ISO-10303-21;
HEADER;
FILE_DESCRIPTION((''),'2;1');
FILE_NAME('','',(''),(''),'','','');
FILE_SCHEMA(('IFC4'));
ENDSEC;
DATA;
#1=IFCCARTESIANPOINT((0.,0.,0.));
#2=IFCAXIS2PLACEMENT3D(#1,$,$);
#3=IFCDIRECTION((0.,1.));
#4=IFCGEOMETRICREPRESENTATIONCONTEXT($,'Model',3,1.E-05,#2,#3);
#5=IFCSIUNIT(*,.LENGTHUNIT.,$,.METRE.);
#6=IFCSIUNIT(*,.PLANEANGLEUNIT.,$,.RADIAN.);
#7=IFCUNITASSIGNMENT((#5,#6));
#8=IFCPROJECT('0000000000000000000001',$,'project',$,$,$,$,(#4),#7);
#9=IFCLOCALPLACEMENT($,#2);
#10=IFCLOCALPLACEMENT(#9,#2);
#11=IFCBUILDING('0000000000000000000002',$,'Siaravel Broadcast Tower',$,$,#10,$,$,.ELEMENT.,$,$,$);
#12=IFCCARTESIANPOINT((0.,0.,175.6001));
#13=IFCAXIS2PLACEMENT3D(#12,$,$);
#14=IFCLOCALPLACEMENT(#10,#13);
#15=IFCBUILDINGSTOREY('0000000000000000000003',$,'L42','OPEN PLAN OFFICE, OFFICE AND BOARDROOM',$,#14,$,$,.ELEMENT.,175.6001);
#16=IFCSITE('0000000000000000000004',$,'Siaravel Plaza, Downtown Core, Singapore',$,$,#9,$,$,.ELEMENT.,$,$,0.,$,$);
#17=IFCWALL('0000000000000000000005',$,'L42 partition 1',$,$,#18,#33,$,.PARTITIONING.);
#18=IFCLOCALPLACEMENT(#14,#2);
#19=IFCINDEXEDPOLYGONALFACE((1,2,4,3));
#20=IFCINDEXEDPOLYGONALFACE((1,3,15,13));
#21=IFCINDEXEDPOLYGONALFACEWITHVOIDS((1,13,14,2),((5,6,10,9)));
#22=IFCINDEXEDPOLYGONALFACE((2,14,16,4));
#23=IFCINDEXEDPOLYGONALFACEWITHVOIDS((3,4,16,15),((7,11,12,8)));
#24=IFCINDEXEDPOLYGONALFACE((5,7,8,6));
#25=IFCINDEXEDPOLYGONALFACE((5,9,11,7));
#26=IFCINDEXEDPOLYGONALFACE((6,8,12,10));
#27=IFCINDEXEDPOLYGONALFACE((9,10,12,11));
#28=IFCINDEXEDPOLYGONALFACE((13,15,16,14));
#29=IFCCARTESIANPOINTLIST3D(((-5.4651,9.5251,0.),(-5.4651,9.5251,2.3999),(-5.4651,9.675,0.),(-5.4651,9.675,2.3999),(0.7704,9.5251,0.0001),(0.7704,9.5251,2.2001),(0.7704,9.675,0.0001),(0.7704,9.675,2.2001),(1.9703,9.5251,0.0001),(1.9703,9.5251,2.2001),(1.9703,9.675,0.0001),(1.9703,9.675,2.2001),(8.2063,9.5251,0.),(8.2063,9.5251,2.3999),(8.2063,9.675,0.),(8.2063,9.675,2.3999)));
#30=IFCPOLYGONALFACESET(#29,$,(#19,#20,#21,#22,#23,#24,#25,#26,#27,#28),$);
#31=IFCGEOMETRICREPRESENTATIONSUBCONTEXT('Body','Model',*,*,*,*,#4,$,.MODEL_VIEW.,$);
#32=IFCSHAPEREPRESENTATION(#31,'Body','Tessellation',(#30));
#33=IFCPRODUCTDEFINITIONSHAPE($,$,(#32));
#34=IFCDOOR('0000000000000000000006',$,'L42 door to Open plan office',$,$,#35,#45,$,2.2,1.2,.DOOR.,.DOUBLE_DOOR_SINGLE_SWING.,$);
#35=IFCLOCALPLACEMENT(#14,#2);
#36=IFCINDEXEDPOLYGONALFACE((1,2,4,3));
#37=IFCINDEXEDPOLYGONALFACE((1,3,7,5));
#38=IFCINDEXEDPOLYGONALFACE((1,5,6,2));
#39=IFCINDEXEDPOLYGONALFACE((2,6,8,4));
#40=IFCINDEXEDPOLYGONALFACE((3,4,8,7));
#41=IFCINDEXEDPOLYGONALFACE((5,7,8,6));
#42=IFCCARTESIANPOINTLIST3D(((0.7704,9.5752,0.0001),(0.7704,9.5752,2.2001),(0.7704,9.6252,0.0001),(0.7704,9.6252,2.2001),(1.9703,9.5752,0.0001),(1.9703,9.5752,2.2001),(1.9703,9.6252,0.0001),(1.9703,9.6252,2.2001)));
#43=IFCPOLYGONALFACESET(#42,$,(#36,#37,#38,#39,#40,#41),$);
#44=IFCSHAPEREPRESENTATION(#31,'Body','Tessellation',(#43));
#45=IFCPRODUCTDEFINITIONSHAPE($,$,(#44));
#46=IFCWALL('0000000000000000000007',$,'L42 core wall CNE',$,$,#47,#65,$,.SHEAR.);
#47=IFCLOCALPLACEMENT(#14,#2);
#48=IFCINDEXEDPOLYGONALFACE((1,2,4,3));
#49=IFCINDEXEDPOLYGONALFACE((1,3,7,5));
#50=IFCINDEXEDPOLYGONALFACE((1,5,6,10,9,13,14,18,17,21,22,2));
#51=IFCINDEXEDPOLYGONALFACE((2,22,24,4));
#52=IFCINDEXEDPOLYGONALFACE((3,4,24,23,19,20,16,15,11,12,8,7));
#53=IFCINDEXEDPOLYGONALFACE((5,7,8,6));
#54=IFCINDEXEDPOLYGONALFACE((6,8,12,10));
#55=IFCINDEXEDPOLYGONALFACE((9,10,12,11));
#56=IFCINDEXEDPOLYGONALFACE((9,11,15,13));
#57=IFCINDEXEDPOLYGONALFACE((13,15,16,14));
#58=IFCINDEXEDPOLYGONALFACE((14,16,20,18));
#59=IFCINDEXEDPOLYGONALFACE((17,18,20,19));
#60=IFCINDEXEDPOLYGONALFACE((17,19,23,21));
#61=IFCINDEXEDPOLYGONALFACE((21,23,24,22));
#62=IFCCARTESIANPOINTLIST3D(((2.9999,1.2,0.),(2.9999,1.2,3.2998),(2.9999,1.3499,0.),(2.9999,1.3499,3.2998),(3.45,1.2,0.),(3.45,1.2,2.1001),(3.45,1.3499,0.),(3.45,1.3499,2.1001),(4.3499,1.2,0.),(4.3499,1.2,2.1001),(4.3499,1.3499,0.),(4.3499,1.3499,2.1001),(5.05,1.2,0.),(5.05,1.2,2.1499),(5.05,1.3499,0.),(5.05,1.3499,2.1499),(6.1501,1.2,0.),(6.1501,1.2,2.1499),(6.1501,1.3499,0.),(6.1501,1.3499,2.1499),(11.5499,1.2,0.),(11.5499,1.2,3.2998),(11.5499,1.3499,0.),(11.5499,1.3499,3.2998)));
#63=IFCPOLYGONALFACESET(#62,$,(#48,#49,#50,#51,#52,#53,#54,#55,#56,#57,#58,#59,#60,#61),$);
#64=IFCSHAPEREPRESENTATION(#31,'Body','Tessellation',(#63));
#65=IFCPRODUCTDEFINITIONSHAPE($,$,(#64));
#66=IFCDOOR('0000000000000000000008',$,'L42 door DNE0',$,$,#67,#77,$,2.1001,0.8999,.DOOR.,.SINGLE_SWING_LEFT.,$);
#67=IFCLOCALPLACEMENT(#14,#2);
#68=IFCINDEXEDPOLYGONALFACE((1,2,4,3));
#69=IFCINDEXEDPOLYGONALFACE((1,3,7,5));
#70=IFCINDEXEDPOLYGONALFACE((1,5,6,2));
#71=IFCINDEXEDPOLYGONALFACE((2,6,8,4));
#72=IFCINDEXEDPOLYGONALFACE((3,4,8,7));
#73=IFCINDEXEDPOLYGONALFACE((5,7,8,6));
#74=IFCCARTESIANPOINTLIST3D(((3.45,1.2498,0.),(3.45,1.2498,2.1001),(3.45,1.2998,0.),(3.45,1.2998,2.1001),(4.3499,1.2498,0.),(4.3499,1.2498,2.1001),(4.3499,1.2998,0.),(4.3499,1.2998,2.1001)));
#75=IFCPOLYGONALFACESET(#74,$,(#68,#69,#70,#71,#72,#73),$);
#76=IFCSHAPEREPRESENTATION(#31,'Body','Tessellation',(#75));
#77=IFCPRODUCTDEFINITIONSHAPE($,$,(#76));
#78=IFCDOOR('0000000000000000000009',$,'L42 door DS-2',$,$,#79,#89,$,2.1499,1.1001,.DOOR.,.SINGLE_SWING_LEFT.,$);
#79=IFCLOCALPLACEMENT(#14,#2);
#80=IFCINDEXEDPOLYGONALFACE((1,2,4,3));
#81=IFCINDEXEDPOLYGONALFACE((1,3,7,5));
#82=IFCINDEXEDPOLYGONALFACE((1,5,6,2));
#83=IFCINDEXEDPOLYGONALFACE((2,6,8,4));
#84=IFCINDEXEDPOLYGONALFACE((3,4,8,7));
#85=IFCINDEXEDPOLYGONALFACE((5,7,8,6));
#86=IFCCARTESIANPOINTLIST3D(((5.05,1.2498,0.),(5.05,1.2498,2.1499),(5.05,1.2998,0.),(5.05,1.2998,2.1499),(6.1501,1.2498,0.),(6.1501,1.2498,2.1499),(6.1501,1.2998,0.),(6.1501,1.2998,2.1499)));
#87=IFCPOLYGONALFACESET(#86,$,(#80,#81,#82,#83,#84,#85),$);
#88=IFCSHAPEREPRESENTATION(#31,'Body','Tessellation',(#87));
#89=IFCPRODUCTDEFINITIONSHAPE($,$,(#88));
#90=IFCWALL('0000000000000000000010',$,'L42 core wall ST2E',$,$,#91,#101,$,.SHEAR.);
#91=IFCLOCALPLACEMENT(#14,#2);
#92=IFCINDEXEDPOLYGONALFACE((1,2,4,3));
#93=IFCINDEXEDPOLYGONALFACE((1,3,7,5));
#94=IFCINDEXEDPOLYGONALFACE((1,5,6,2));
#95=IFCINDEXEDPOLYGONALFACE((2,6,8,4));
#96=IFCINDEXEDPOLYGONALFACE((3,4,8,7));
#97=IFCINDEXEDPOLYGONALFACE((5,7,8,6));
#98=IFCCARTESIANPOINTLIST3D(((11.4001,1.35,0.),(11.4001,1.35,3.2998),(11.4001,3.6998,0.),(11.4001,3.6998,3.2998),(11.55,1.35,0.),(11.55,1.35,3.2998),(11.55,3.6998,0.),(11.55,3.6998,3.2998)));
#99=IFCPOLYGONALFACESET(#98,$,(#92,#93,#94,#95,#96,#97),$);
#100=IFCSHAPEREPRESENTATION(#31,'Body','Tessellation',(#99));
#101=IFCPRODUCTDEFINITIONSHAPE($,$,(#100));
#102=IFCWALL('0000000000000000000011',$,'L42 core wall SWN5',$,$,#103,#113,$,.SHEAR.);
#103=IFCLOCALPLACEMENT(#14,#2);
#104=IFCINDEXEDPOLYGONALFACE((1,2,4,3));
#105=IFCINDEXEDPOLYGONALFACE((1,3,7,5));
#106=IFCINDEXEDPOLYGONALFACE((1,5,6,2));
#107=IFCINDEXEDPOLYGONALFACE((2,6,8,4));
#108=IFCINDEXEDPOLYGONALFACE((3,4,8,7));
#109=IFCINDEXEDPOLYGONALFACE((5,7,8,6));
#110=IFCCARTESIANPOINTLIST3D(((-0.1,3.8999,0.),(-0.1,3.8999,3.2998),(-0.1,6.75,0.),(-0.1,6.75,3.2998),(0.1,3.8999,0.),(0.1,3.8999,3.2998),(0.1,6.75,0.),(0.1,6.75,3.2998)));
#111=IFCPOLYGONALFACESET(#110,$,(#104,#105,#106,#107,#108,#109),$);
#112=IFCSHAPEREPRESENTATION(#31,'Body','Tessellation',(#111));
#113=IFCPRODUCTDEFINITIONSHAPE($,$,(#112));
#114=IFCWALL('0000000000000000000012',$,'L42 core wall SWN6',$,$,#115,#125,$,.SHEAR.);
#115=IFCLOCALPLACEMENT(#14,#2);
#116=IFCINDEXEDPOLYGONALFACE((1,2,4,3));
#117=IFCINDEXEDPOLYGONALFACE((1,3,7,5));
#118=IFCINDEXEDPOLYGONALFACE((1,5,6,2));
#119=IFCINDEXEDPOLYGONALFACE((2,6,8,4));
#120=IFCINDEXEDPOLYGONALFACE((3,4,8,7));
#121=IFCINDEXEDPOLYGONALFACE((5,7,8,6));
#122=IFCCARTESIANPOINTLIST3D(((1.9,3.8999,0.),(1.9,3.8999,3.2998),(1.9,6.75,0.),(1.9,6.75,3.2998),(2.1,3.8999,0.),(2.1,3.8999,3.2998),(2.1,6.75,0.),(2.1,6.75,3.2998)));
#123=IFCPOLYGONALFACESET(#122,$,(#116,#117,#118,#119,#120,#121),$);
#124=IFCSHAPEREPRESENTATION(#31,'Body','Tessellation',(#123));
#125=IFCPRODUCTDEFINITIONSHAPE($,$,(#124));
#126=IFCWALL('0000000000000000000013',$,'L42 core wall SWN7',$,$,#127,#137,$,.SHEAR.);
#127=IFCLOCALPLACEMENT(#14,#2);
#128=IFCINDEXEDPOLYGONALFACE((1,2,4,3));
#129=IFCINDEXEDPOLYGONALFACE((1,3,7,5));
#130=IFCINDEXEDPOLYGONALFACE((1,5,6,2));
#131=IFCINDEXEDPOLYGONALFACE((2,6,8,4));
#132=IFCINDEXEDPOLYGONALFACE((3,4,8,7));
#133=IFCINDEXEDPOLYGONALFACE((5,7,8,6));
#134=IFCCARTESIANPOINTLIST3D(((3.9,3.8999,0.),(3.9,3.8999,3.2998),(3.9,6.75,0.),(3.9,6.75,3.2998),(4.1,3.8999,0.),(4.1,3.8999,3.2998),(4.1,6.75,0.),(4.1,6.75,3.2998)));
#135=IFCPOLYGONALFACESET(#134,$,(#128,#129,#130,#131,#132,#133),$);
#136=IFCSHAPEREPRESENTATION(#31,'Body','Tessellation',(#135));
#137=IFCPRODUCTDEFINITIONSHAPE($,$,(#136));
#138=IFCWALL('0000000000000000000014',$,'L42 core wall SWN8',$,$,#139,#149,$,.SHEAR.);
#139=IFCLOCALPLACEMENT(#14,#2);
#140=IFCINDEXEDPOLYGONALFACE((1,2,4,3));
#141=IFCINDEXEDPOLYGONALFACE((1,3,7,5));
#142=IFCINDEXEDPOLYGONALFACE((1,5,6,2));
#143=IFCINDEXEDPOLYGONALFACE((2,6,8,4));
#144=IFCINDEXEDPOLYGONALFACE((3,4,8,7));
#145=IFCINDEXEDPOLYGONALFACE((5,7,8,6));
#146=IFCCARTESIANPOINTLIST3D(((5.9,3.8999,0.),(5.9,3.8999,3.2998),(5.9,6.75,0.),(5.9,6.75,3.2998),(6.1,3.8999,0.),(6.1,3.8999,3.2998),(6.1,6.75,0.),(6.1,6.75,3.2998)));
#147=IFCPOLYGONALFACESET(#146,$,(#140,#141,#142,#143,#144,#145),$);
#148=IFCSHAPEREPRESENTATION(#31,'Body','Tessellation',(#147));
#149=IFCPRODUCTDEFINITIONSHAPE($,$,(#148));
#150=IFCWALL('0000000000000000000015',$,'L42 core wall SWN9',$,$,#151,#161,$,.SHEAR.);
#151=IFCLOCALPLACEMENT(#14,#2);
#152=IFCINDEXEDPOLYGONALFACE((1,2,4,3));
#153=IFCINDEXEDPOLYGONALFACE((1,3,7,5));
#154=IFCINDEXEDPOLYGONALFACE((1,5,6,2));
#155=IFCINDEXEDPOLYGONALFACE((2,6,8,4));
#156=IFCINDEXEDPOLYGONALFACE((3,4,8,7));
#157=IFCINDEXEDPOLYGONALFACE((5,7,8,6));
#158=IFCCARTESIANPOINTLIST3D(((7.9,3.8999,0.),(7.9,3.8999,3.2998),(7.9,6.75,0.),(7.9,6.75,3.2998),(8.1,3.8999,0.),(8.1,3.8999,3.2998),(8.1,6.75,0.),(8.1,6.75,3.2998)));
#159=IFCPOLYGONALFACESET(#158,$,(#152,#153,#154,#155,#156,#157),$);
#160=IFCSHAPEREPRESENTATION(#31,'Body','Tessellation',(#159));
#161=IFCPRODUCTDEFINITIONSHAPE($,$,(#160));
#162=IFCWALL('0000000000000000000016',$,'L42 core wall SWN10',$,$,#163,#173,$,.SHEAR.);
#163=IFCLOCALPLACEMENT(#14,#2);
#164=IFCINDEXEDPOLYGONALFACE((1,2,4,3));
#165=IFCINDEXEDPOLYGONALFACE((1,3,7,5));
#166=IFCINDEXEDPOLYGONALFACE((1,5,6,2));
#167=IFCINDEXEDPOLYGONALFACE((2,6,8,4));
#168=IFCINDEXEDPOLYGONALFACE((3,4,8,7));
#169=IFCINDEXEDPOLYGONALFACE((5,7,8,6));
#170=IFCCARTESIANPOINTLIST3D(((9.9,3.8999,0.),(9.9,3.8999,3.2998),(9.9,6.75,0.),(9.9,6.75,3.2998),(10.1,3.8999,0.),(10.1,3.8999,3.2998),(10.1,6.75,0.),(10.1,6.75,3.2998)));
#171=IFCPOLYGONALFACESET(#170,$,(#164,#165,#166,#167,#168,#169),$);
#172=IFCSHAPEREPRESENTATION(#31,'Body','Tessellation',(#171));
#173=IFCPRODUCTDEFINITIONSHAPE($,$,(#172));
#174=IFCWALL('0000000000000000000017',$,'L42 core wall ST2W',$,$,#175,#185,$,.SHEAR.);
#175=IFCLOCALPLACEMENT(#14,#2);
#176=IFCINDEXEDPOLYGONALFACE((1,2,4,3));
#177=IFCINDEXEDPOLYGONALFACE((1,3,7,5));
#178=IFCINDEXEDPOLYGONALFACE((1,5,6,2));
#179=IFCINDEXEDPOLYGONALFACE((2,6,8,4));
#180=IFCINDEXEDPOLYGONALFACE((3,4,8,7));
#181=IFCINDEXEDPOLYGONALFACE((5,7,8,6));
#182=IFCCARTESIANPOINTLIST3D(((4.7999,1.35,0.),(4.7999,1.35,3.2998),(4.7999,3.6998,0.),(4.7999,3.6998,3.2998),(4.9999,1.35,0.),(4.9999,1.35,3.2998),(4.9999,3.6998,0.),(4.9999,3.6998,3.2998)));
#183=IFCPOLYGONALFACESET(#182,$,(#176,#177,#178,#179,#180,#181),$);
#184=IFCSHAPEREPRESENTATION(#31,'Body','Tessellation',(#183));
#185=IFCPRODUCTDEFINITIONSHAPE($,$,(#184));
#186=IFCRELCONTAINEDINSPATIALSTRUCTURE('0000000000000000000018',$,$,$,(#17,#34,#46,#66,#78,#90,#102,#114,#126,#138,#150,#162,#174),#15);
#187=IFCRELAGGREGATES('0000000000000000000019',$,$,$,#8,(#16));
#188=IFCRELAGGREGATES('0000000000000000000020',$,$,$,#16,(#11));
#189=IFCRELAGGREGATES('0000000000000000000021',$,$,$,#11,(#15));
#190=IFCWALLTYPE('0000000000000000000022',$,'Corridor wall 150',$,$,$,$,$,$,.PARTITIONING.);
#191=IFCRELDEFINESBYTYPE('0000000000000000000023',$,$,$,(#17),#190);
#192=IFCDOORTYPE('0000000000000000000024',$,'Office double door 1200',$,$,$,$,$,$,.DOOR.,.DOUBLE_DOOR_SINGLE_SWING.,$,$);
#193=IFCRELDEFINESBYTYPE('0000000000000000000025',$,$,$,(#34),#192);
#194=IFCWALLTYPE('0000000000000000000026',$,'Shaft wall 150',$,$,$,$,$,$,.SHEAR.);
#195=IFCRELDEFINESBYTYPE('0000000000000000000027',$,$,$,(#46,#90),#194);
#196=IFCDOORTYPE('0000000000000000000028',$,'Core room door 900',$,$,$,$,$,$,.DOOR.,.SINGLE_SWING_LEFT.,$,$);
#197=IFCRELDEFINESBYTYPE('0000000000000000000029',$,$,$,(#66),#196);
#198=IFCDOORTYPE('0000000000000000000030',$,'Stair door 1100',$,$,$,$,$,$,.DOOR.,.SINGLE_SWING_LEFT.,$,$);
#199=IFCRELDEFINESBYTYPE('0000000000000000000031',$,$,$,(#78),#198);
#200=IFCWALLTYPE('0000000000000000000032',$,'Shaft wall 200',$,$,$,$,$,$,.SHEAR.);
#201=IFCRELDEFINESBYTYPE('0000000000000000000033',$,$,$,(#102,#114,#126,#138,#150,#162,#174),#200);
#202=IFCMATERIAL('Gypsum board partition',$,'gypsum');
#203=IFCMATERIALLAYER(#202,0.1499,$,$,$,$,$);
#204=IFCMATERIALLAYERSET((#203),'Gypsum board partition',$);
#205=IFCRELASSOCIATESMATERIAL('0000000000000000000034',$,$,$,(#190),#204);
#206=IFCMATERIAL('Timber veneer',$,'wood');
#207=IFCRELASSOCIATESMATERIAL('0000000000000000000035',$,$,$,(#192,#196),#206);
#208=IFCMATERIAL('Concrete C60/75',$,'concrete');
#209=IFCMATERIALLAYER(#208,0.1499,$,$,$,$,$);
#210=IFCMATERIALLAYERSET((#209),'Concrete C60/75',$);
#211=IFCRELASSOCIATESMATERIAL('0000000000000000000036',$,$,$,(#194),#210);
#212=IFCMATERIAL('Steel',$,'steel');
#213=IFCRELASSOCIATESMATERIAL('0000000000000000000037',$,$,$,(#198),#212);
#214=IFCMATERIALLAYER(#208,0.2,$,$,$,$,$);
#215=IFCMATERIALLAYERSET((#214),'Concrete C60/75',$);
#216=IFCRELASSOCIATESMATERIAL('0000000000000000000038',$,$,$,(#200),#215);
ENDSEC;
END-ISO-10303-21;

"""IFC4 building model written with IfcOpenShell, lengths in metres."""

from ifc_helpers import new_model, si_unit, direction, frame, frame_2d, origin, place, context, subcontext, project, spatial, rectangle, extrude, material, layer, layer_set, type_object, element, fill, save


model = new_model("IFC4")

# Units and contexts
model_context = context("Model", 3, precision=1e-05, world=origin(), true_north=direction((0.0, 1.0)))
body_context = subcontext(model_context, "Body", "Model", "MODEL_VIEW")
ifc_project = project(units=[si_unit("LENGTHUNIT", "METRE"), si_unit("PLANEANGLEUNIT", "RADIAN")], contexts=[model_context])

# Site, building, storey
site_placement = place(None, origin())
site = spatial("IfcSite", under=ifc_project, at=site_placement, Name="Siaravel Plaza, Downtown Core, Singapore", CompositionType="ELEMENT", RefElevation=0.0)
building_placement = place(site_placement, origin())
building = spatial("IfcBuilding", under=site, at=building_placement, Name="Siaravel Broadcast Tower", CompositionType="ELEMENT")
storey_placement = place(building_placement, frame((0.0, 0.0, 175.6001)))
storey = spatial("IfcBuildingStorey", under=building, at=storey_placement, Name="L42", Description="OPEN PLAN OFFICE, OFFICE AND BOARDROOM", CompositionType="ELEMENT", Elevation=175.6001)

# Shared definitions
ifc_material_1 = material(Name="Concrete C60/75", Category="concrete")

# Wall, opening, door
ifc_material_2 = material(Name="Gypsum board partition", Category="gypsum")
ifc_layer_1 = layer(ifc_material_2, 0.1499)
ifc_layer_set_1 = layer_set([ifc_layer_1], Name="Gypsum board partition")
wall_type_1 = type_object("IfcWallType", Name="Corridor wall 150", PredefinedType="PARTITIONING", material=ifc_layer_set_1)
wall_1_placement = place(storey_placement, frame((8.2063, 9.6001, 0.0), z_axis=(0.0, 0.0, 1.0), x_axis=(-1.0, 0.0, 0.0)))
wall_1 = element("IfcWall", 1, at=wall_1_placement, inside=storey, type_object=wall_type_1, Name="L42 partition 1", PredefinedType="PARTITIONING", context=body_context, shape_type="SweptSolid", body=[
    extrude(rectangle(XDim=13.6714, YDim=0.1499, at=frame_2d((6.8357, 0.0))), origin(), (0.0, 0.0, 1.0), 2.3999),
])
opening_1_placement = place(wall_1_placement, frame((6.2358, 0.0, 0.0)))
opening_1 = element("IfcOpeningElement", 2, at=opening_1_placement, cuts=wall_1, PredefinedType="OPENING", context=body_context, shape_type="SweptSolid", body=[
    extrude(rectangle(XDim=1.2, YDim=2.2, at=frame_2d((0.6001, 1.1001))), frame((0.0, 0.085, 0.0), z_axis=(0.0, -1.0, 0.0), x_axis=(1.0, 0.0, 0.0)), (0.0, 0.0, 1.0), 0.1699),
])
ifc_material_3 = material(Name="Timber veneer", Category="wood")
door_type_1 = type_object("IfcDoorType", Name="Office double door 1200", OperationType="DOUBLE_DOOR_SINGLE_SWING", PredefinedType="DOOR", material=ifc_material_3)
door_1_placement = place(opening_1_placement, origin())
door_1 = element("IfcDoor", 3, at=door_1_placement, inside=storey, type_object=door_type_1, Name="L42 door to Open plan office", OperationType="DOUBLE_DOOR_SINGLE_SWING", OverallHeight=2.2, OverallWidth=1.2, PredefinedType="DOOR", context=body_context, shape_type="SweptSolid", body=[
    extrude(rectangle(XDim=1.2, YDim=2.2, at=frame_2d((0.6001, 1.1001))), frame((0.0, 0.0249, 0.0), z_axis=(0.0, -1.0, 0.0), x_axis=(1.0, 0.0, 0.0)), (0.0, 0.0, 1.0), 0.05),
])
fill(opening_1, door_1)

# Wall, openings, doors
ifc_layer_2 = layer(ifc_material_1, 0.1499)
ifc_layer_set_2 = layer_set([ifc_layer_2], Name="Concrete C60/75")
wall_type_2 = type_object("IfcWallType", Name="Shaft wall 150", PredefinedType="SHEAR", material=ifc_layer_set_2)
wall_2_placement = place(storey_placement, frame((3.0, 1.2749, 0.0), z_axis=(0.0, 0.0, 1.0), x_axis=(1.0, 0.0, 0.0)))
wall_2 = element("IfcWall", 4, at=wall_2_placement, inside=storey, type_object=wall_type_2, Name="L42 core wall CNE", PredefinedType="SHEAR", context=body_context, shape_type="SweptSolid", body=[
    extrude(rectangle(XDim=8.55, YDim=0.1499, at=frame_2d((4.2749, 0.0))), origin(), (0.0, 0.0, 1.0), 3.2998),
])
opening_2_placement = place(wall_2_placement, frame((2.05, 0.0, 0.0)))
opening_2 = element("IfcOpeningElement", 5, at=opening_2_placement, cuts=wall_2, PredefinedType="OPENING", context=body_context, shape_type="SweptSolid", body=[
    extrude(rectangle(XDim=1.1001, YDim=2.1499, at=frame_2d((0.55, 1.075))), frame((0.0, 0.085, 0.0), z_axis=(0.0, -1.0, 0.0), x_axis=(1.0, 0.0, 0.0)), (0.0, 0.0, 1.0), 0.1699),
])
opening_3_placement = place(wall_2_placement, frame((0.45, 0.0, 0.0)))
opening_3 = element("IfcOpeningElement", 6, at=opening_3_placement, cuts=wall_2, PredefinedType="OPENING", context=body_context, shape_type="SweptSolid", body=[
    extrude(rectangle(XDim=0.8999, YDim=2.1001, at=frame_2d((0.45, 1.05))), frame((0.0, 0.085, 0.0), z_axis=(0.0, -1.0, 0.0), x_axis=(1.0, 0.0, 0.0)), (0.0, 0.0, 1.0), 0.1699),
])
door_type_2 = type_object("IfcDoorType", Name="Core room door 900", OperationType="SINGLE_SWING_LEFT", PredefinedType="DOOR", material=ifc_material_3)
door_2_placement = place(opening_3_placement, origin())
door_2 = element("IfcDoor", 7, at=door_2_placement, inside=storey, type_object=door_type_2, Name="L42 door DNE0", OperationType="SINGLE_SWING_LEFT", OverallHeight=2.1001, OverallWidth=0.8999, PredefinedType="DOOR", context=body_context, shape_type="SweptSolid", body=[
    extrude(rectangle(XDim=0.8999, YDim=2.1001, at=frame_2d((0.45, 1.05))), frame((0.0, 0.0249, 0.0), z_axis=(0.0, -1.0, 0.0), x_axis=(1.0, 0.0, 0.0)), (0.0, 0.0, 1.0), 0.05),
])
fill(opening_3, door_2)
ifc_material_4 = material(Name="Steel", Category="steel")
door_type_3 = type_object("IfcDoorType", Name="Stair door 1100", OperationType="SINGLE_SWING_LEFT", PredefinedType="DOOR", material=ifc_material_4)
door_3_placement = place(opening_2_placement, origin())
door_3 = element("IfcDoor", 8, at=door_3_placement, inside=storey, type_object=door_type_3, Name="L42 door DS-2", OperationType="SINGLE_SWING_LEFT", OverallHeight=2.1499, OverallWidth=1.1001, PredefinedType="DOOR", context=body_context, shape_type="SweptSolid", body=[
    extrude(rectangle(XDim=1.1001, YDim=2.1499, at=frame_2d((0.55, 1.075))), frame((0.0, 0.0249, 0.0), z_axis=(0.0, -1.0, 0.0), x_axis=(1.0, 0.0, 0.0)), (0.0, 0.0, 1.0), 0.05),
])
fill(opening_2, door_3)

# Walls
wall_3_placement = place(storey_placement, frame((11.4751, 1.3501, 0.0), z_axis=(0.0, 0.0, 1.0), x_axis=(0.0, 1.0, 0.0)))
element("IfcWall", 9, at=wall_3_placement, inside=storey, type_object=wall_type_2, Name="L42 core wall ST2E", PredefinedType="SHEAR", context=body_context, shape_type="SweptSolid", body=[
    extrude(rectangle(XDim=2.3499, YDim=0.1499, at=frame_2d((1.1748, 0.0))), origin(), (0.0, 0.0, 1.0), 3.2998),
])
ifc_layer_3 = layer(ifc_material_1, 0.2)
ifc_layer_set_3 = layer_set([ifc_layer_3], Name="Concrete C60/75")
wall_type_3 = type_object("IfcWallType", Name="Shaft wall 200", PredefinedType="SHEAR", material=ifc_layer_set_3)
for number, where, z_axis, x_axis, name in (
    (10, (0.0, 3.8999, 0.0), (0.0, 0.0, 1.0), (0.0, 1.0, 0.0), "L42 core wall SWN5"),
    (11, (2.0, 3.8999, 0.0), (0.0, 0.0, 1.0), (0.0, 1.0, 0.0), "L42 core wall SWN6"),
    (12, (4.0, 3.8999, 0.0), (0.0, 0.0, 1.0), (0.0, 1.0, 0.0), "L42 core wall SWN7"),
    (13, (6.0, 3.8999, 0.0), (0.0, 0.0, 1.0), (0.0, 1.0, 0.0), "L42 core wall SWN8"),
    (14, (8.0, 3.8999, 0.0), (0.0, 0.0, 1.0), (0.0, 1.0, 0.0), "L42 core wall SWN9"),
    (15, (10.0, 3.8999, 0.0), (0.0, 0.0, 1.0), (0.0, 1.0, 0.0), "L42 core wall SWN10"),
):
    element("IfcWall", number, at=place(storey_placement, frame(where, z_axis=z_axis, x_axis=x_axis)), inside=storey, type_object=wall_type_3, Name=name, PredefinedType="SHEAR", context=body_context, shape_type="SweptSolid", body=[
        extrude(rectangle(XDim=2.8501, YDim=0.2, at=frame_2d((1.425, 0.0))), origin(), (0.0, 0.0, 1.0), 3.2998),
    ])
wall_4_placement = place(storey_placement, frame((4.8999, 1.3501, 0.0), z_axis=(0.0, 0.0, 1.0), x_axis=(0.0, 1.0, 0.0)))
element("IfcWall", 16, at=wall_4_placement, inside=storey, type_object=wall_type_3, Name="L42 core wall ST2W", PredefinedType="SHEAR", context=body_context, shape_type="SweptSolid", body=[
    extrude(rectangle(XDim=2.3499, YDim=0.2, at=frame_2d((1.1748, 0.0))), origin(), (0.0, 0.0, 1.0), 3.2998),
])

save(model, "model.ifc")
